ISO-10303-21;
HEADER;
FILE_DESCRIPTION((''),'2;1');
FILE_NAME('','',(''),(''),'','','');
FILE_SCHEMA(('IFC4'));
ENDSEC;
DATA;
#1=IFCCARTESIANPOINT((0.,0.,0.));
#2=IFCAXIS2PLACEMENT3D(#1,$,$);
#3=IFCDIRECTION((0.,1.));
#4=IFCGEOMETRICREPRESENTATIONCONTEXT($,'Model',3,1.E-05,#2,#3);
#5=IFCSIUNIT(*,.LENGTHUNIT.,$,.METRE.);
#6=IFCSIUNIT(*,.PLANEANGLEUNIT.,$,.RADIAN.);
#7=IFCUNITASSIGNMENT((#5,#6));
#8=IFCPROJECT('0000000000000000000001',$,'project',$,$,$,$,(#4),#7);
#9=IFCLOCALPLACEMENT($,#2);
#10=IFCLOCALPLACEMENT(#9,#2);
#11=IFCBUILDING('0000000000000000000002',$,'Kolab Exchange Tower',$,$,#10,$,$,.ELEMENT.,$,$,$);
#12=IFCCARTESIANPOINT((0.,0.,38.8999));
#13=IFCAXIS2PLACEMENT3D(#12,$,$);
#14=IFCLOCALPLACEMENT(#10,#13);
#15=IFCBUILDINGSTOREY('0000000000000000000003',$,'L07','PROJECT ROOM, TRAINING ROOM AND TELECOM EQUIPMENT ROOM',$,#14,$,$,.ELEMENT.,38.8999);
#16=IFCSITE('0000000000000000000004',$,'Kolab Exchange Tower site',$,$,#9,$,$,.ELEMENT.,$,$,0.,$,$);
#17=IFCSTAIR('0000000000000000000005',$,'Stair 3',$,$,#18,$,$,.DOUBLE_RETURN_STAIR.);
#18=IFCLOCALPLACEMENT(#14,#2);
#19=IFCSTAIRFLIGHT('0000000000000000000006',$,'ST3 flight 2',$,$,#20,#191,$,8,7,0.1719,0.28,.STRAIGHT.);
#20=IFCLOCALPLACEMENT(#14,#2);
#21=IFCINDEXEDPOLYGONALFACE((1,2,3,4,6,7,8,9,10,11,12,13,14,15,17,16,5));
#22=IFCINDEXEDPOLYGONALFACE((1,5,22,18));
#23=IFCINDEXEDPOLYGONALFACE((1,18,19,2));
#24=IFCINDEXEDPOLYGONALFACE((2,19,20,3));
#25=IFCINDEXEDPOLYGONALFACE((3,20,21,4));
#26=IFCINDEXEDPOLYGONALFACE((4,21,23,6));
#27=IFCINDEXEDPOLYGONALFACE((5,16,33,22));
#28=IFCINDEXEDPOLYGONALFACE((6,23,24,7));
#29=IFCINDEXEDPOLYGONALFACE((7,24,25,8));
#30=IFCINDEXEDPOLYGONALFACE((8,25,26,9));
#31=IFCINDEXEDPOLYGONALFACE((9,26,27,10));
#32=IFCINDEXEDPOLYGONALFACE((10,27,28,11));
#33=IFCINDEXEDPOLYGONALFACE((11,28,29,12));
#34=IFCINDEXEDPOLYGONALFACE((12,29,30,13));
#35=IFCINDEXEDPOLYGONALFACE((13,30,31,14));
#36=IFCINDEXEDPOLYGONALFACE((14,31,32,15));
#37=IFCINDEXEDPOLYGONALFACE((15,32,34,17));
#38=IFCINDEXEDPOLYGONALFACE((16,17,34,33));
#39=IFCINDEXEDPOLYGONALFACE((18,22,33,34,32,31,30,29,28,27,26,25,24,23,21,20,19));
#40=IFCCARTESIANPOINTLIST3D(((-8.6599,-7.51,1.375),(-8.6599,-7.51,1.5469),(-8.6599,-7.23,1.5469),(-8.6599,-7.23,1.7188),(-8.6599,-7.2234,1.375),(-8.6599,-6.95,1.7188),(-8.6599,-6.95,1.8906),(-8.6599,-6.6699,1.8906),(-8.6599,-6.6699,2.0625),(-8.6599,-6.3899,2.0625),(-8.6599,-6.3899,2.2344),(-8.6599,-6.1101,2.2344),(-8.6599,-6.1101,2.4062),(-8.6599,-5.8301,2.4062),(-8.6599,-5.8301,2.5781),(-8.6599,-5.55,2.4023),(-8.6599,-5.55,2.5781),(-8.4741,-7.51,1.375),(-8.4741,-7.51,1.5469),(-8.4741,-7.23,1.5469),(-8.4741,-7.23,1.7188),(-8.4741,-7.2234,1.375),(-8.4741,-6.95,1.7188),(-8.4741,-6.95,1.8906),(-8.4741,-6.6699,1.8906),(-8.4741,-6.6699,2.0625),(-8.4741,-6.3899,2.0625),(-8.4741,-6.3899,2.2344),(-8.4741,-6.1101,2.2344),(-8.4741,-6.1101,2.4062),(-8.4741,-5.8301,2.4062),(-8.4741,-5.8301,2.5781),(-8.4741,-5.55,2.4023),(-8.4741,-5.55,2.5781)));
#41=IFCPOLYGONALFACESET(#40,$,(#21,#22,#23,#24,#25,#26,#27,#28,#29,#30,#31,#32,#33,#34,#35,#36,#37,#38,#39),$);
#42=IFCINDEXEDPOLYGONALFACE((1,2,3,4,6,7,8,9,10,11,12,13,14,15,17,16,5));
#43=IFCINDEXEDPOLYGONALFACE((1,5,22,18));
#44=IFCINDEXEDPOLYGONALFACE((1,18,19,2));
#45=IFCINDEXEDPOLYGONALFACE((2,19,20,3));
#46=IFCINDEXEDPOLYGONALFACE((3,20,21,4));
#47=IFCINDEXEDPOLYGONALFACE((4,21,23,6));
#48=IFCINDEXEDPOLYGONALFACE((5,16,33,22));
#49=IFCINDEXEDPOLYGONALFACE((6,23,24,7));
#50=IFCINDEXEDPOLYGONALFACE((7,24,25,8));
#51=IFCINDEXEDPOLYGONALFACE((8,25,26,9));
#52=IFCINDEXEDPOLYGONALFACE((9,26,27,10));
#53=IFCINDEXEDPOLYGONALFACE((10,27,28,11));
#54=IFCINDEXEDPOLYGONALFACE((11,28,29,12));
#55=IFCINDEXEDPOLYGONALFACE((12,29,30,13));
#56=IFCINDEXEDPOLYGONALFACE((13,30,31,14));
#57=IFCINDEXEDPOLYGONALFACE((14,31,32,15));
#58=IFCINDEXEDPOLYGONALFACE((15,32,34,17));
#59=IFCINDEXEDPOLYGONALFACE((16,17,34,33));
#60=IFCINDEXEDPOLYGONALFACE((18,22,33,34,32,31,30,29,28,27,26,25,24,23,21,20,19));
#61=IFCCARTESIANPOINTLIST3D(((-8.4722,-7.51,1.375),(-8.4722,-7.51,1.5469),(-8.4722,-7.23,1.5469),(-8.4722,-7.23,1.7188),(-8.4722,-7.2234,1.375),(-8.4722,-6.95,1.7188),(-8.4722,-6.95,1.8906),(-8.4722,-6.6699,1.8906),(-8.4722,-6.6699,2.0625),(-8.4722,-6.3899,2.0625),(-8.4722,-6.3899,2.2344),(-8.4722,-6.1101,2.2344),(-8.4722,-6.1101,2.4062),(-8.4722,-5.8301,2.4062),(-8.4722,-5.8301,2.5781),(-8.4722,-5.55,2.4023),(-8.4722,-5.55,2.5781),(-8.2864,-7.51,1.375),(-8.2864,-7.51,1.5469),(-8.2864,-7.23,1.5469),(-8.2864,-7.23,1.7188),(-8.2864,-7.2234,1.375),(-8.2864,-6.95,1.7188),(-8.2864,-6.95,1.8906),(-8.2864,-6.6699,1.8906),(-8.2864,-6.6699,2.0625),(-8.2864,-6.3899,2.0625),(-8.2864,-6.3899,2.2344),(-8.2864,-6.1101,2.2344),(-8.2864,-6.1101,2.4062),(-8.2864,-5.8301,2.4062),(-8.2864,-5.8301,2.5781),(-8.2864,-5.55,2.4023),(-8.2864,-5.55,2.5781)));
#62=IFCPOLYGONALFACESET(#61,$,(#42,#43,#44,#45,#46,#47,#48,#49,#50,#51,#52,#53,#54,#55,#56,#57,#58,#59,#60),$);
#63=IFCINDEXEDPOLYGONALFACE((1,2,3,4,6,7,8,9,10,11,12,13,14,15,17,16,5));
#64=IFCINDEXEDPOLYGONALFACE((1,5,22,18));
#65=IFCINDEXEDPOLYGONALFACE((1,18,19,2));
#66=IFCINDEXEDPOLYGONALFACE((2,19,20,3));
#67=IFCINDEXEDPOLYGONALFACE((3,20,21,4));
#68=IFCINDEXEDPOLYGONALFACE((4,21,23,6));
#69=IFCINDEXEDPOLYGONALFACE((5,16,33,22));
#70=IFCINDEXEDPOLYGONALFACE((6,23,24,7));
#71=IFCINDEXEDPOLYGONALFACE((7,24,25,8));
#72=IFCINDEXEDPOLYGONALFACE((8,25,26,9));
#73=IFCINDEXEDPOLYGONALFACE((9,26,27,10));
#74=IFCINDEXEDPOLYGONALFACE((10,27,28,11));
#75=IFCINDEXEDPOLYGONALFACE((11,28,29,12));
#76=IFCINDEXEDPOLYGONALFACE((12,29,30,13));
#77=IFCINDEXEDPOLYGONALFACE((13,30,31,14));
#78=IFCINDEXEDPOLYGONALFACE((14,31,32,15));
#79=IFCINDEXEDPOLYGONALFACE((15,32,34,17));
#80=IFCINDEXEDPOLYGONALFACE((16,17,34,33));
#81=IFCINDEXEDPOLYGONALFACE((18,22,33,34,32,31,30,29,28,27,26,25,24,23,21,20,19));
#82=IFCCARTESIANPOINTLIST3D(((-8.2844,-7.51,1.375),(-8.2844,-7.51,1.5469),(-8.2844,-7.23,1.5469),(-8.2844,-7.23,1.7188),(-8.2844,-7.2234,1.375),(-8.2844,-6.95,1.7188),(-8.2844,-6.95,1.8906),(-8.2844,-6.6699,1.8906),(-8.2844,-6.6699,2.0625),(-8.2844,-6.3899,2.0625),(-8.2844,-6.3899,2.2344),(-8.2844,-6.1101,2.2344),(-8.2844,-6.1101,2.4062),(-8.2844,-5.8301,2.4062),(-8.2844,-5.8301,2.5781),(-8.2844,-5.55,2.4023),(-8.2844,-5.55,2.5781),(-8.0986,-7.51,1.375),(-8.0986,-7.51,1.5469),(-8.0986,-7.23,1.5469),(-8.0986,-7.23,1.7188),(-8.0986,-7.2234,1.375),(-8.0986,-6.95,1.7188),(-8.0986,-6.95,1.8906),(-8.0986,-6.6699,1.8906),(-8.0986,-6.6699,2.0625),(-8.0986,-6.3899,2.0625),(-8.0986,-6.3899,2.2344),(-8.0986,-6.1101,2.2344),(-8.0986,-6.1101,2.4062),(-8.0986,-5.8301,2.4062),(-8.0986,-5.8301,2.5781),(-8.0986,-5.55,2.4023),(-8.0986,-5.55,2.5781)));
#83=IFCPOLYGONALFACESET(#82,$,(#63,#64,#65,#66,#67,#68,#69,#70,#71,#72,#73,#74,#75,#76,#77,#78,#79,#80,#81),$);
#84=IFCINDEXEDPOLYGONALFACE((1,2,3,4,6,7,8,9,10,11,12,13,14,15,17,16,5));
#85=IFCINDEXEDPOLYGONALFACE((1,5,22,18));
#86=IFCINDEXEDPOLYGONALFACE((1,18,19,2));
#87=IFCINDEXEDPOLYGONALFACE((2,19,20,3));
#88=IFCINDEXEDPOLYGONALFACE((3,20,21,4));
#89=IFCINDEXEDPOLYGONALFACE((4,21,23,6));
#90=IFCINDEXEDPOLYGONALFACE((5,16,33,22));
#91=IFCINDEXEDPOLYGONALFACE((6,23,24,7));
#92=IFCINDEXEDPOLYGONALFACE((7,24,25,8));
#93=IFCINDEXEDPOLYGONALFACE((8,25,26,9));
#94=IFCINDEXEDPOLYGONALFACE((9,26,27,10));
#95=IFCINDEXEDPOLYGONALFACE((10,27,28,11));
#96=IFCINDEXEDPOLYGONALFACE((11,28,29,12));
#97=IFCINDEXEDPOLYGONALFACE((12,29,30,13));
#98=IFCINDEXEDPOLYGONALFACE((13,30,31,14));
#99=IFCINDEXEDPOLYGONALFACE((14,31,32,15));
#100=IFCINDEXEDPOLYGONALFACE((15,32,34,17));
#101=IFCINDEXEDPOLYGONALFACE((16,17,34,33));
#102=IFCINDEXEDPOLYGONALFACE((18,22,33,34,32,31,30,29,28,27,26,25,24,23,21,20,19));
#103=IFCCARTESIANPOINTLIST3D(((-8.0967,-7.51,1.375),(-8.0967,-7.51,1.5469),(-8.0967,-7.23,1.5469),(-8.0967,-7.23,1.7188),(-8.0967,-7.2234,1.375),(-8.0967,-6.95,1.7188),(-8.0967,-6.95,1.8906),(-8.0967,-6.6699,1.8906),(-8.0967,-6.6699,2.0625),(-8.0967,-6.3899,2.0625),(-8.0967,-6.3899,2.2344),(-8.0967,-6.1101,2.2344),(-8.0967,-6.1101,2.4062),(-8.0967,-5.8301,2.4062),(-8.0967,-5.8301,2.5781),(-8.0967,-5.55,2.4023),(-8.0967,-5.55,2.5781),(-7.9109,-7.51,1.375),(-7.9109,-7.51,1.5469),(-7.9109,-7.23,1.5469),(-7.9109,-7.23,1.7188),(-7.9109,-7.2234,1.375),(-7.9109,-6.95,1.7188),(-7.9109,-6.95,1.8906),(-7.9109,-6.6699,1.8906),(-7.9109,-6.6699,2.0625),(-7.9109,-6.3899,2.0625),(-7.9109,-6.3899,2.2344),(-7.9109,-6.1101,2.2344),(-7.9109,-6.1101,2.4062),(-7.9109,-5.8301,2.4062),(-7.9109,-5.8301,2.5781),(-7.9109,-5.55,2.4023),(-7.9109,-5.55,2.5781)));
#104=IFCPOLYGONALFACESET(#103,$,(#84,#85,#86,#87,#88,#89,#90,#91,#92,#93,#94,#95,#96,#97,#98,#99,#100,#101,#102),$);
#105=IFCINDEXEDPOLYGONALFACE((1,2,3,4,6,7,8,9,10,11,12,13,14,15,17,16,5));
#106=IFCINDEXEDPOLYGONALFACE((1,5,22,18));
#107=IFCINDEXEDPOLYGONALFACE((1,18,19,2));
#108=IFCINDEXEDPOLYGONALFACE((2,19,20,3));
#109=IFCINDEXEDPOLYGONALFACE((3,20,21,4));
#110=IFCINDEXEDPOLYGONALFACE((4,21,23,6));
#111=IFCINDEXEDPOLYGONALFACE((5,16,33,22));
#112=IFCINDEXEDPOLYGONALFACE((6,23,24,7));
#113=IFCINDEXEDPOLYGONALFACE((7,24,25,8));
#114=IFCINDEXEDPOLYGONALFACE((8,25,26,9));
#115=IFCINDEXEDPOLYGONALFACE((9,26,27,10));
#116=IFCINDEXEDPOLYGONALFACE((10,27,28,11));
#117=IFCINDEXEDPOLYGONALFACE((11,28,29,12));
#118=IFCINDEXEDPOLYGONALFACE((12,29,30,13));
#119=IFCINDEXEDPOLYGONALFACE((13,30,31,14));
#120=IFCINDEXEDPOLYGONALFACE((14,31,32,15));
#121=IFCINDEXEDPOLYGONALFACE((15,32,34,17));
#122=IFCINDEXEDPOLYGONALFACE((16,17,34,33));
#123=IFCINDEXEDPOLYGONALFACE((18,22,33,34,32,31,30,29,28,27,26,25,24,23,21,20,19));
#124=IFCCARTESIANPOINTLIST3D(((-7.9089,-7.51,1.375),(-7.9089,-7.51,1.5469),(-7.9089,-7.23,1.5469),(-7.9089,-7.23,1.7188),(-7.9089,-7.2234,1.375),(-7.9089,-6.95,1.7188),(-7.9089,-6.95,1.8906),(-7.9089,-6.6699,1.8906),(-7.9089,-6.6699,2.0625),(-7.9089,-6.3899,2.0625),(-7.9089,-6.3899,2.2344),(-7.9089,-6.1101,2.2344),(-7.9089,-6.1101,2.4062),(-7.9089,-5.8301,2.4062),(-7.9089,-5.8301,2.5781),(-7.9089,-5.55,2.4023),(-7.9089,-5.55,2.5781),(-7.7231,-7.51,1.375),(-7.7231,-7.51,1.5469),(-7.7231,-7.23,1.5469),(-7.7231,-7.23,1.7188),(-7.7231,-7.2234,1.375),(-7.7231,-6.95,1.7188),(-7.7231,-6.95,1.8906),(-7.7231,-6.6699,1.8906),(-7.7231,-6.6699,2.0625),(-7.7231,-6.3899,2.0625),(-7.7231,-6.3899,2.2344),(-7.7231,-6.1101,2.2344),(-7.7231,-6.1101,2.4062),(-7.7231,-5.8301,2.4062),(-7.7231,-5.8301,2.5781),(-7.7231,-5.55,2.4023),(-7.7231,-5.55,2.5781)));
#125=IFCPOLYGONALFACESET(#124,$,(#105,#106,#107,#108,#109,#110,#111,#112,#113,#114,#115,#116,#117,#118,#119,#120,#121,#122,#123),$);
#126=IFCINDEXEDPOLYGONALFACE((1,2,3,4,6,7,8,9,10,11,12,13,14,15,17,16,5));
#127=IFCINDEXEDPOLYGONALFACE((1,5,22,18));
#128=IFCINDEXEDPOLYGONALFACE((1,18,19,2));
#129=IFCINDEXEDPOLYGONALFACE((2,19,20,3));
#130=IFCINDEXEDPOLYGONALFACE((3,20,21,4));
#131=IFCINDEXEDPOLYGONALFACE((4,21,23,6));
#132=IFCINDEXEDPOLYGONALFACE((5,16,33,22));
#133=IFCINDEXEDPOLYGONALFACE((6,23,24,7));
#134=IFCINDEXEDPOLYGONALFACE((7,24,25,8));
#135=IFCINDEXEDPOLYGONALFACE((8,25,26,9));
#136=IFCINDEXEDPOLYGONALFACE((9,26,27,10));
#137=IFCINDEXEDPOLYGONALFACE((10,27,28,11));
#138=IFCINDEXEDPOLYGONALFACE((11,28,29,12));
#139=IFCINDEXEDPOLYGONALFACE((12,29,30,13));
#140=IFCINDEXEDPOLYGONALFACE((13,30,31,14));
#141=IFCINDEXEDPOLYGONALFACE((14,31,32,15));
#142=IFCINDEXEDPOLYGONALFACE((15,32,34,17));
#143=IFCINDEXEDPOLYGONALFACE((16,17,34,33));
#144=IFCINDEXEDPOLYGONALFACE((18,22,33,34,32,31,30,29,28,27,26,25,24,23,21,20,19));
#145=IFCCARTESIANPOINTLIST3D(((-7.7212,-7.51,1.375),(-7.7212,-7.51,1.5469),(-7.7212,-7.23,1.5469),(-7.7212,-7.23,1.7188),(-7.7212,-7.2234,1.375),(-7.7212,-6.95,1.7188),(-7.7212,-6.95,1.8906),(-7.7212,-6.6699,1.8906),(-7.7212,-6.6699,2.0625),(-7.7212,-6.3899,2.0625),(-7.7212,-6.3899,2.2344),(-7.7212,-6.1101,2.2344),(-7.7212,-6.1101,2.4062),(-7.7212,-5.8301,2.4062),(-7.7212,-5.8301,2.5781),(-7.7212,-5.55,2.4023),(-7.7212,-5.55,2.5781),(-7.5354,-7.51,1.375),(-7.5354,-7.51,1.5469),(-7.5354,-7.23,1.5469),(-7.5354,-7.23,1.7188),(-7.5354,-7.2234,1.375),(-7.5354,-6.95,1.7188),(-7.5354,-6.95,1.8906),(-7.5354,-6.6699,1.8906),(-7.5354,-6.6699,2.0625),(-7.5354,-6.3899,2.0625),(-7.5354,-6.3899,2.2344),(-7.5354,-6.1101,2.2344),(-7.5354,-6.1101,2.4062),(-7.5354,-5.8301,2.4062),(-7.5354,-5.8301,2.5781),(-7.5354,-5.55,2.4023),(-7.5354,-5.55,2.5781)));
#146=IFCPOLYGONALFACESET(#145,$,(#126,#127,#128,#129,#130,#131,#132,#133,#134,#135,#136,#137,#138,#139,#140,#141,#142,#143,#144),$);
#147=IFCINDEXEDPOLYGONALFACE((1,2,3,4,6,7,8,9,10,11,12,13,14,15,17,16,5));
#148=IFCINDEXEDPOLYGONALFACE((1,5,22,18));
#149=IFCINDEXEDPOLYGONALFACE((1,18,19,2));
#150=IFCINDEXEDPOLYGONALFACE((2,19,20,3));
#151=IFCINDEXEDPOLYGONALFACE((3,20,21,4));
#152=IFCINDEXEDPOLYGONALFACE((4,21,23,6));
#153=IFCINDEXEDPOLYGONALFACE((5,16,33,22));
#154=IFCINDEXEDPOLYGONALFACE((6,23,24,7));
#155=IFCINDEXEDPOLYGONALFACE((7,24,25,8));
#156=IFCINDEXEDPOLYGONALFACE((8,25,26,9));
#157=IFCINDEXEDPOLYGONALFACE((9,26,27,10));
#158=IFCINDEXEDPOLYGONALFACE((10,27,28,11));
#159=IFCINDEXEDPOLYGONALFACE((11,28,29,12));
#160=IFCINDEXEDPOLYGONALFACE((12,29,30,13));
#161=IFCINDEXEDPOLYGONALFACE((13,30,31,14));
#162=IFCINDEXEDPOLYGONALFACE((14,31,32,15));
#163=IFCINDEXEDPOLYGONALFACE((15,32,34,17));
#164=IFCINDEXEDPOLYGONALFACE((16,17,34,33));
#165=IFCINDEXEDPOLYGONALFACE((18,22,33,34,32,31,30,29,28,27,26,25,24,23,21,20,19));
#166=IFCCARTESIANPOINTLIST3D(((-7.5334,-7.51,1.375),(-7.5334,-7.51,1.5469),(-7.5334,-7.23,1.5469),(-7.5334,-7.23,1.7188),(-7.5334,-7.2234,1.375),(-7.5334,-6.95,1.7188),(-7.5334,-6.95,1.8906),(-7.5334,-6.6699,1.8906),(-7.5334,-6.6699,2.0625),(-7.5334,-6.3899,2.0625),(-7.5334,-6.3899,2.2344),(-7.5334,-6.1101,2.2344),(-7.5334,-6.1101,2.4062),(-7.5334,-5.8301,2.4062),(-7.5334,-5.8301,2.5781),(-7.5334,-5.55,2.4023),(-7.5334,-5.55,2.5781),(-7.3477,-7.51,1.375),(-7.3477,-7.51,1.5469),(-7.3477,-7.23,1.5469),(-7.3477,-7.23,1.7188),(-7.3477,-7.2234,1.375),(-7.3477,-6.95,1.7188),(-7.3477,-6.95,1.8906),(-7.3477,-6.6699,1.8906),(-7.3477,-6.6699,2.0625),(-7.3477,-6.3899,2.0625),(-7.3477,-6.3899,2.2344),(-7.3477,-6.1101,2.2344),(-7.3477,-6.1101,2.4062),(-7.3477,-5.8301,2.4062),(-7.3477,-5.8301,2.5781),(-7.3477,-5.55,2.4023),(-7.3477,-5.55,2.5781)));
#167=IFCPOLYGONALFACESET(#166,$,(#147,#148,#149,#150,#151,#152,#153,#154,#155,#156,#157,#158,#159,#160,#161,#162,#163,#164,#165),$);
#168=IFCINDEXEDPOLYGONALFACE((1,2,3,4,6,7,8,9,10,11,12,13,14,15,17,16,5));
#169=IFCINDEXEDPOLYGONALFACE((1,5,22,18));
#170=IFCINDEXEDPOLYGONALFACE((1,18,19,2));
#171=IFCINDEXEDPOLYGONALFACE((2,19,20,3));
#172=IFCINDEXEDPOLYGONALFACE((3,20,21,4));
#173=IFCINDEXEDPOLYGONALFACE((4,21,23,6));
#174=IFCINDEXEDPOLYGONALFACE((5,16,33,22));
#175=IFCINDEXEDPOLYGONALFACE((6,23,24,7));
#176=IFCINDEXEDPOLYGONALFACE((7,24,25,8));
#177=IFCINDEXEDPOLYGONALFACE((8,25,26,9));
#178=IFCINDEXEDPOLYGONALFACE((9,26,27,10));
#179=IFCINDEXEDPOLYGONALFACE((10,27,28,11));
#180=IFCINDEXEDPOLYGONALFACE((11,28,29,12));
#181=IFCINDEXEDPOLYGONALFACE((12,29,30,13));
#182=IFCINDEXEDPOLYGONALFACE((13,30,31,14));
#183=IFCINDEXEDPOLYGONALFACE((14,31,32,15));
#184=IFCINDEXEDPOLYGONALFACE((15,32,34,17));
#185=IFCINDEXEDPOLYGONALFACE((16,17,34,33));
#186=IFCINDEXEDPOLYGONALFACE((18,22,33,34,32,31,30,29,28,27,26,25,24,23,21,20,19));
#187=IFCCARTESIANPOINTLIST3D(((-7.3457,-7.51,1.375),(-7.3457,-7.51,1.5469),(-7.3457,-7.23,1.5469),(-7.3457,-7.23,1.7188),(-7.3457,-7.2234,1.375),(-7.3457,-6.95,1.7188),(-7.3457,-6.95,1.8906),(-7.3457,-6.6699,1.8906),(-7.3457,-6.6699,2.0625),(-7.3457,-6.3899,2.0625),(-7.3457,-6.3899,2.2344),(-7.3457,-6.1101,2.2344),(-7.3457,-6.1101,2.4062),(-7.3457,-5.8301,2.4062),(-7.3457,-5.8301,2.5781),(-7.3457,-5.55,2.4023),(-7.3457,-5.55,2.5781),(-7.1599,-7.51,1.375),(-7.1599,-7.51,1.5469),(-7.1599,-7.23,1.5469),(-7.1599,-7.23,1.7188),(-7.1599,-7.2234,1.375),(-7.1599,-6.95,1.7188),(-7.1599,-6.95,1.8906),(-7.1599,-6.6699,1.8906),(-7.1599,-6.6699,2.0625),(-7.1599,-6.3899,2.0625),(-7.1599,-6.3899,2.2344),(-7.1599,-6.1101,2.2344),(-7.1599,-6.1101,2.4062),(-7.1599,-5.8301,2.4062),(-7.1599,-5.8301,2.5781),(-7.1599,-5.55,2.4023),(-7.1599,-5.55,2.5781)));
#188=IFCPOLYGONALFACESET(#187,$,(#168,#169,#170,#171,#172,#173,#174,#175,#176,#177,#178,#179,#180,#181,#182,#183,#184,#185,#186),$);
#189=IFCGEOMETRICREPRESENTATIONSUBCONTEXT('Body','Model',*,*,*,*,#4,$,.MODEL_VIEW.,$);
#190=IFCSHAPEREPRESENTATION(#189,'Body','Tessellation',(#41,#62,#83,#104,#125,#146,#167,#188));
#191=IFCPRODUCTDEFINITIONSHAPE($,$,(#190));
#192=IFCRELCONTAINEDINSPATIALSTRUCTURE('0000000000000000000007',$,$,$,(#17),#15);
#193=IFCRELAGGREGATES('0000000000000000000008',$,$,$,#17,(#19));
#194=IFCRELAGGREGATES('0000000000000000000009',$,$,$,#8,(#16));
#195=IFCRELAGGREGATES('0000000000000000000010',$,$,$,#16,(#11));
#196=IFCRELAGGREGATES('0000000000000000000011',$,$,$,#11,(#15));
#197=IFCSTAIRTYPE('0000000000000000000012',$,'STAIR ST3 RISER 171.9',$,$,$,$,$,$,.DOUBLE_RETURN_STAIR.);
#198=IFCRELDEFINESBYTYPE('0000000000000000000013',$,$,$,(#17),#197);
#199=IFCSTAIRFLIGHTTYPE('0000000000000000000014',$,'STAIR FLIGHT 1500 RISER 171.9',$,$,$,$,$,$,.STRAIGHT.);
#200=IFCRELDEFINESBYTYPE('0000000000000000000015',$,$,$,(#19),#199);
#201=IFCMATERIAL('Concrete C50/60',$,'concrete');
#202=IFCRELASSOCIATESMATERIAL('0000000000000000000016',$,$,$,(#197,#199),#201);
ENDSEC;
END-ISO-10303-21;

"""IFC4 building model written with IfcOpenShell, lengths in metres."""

from ifc_helpers import new_model, si_unit, direction, frame, origin, place, context, subcontext, project, spatial, polyline, outline, extrude, material, type_object, element, aggregate, save


model = new_model("IFC4")

# Units and contexts
model_context = context("Model", 3, precision=1e-05, world=origin(), true_north=direction((0.0, 1.0)))
body_context = subcontext(model_context, "Body", "Model", "MODEL_VIEW")
ifc_project = project(units=[si_unit("LENGTHUNIT", "METRE"), si_unit("PLANEANGLEUNIT", "RADIAN")], contexts=[model_context])

# Site, building, storey
site_placement = place(None, origin())
site = spatial("IfcSite", under=ifc_project, at=site_placement, Name="Kolab Exchange Tower site", CompositionType="ELEMENT", RefElevation=0.0)
building_placement = place(site_placement, origin())
building = spatial("IfcBuilding", under=site, at=building_placement, Name="Kolab Exchange Tower", CompositionType="ELEMENT")
storey_placement = place(building_placement, frame((0.0, 0.0, 38.8999)))
storey = spatial("IfcBuildingStorey", under=building, at=storey_placement, Name="L07", Description="PROJECT ROOM, TRAINING ROOM AND TELECOM EQUIPMENT ROOM", CompositionType="ELEMENT", Elevation=38.8999)

# Shared definitions
ifc_material_1 = material(Name="Concrete C50/60", Category="concrete")

# Stair, stair flight
stair_type = type_object("IfcStairType", Name="STAIR ST3 RISER 171.9", PredefinedType="DOUBLE_RETURN_STAIR", material=ifc_material_1)
stair_placement = place(storey_placement, origin())
stair = element("IfcStair", 1, at=stair_placement, inside=storey, type_object=stair_type, Name="Stair 3", PredefinedType="DOUBLE_RETURN_STAIR")
stair_flight_type = type_object("IfcStairFlightType", Name="STAIR FLIGHT 1500 RISER 171.9", PredefinedType="STRAIGHT", material=ifc_material_1)
stair_flight_1_placement = place(storey_placement, frame((-7.9099, -7.51, 1.375), z_axis=(0.0, 0.0, 1.0), x_axis=(0.0, 1.0, 0.0)))
stair_flight_1 = element("IfcStairFlight", 2, at=stair_flight_1_placement, type_object=stair_flight_type, Name="ST3 flight 2", NumberOfRisers=8, NumberOfTreads=7, PredefinedType="STRAIGHT", RiserHeight=0.1719, TreadLength=0.28, context=body_context, shape_type="SweptSolid", body=[
    extrude(outline(polyline([(0.0, 0.0), (0.0, 0.1719), (0.28, 0.1719), (0.28, 0.3438), (0.5601, 0.3438), (0.5601, 0.5156), (0.8401, 0.5156), (0.8401, 0.6875), (1.1201, 0.6875), (1.1201, 0.8594), (1.3999, 0.8594), (1.3999, 1.0312), (1.6799, 1.0312), (1.6799, 1.2031), (1.96, 1.2031), (1.96, 1.375), (1.96, 1.0273), (0.2866, 0.0), (0.0, 0.0)])), frame((0.0, 0.75, 0.0), z_axis=(0.0, -1.0, 0.0), x_axis=(1.0, 0.0, 0.0)), (0.0, 0.0, 1.0), 0.1858),
    extrude(outline(polyline([(0.0, 0.0), (0.0, 0.1719), (0.28, 0.1719), (0.28, 0.3438), (0.5601, 0.3438), (0.5601, 0.5156), (0.8401, 0.5156), (0.8401, 0.6875), (1.1201, 0.6875), (1.1201, 0.8594), (1.3999, 0.8594), (1.3999, 1.0312), (1.6799, 1.0312), (1.6799, 1.2031), (1.96, 1.2031), (1.96, 1.375), (1.96, 1.0273), (0.2866, 0.0), (0.0, 0.0)])), frame((0.0, 0.5623, 0.0), z_axis=(0.0, -1.0, 0.0), x_axis=(1.0, 0.0, 0.0)), (0.0, 0.0, 1.0), 0.1858),
    extrude(outline(polyline([(0.0, 0.0), (0.0, 0.1719), (0.28, 0.1719), (0.28, 0.3438), (0.5601, 0.3438), (0.5601, 0.5156), (0.8401, 0.5156), (0.8401, 0.6875), (1.1201, 0.6875), (1.1201, 0.8594), (1.3999, 0.8594), (1.3999, 1.0312), (1.6799, 1.0312), (1.6799, 1.2031), (1.96, 1.2031), (1.96, 1.375), (1.96, 1.0273), (0.2866, 0.0), (0.0, 0.0)])), frame((0.0, 0.3745, 0.0), z_axis=(0.0, -1.0, 0.0), x_axis=(1.0, 0.0, 0.0)), (0.0, 0.0, 1.0), 0.1858),
    extrude(outline(polyline([(0.0, 0.0), (0.0, 0.1719), (0.28, 0.1719), (0.28, 0.3438), (0.5601, 0.3438), (0.5601, 0.5156), (0.8401, 0.5156), (0.8401, 0.6875), (1.1201, 0.6875), (1.1201, 0.8594), (1.3999, 0.8594), (1.3999, 1.0312), (1.6799, 1.0312), (1.6799, 1.2031), (1.96, 1.2031), (1.96, 1.375), (1.96, 1.0273), (0.2866, 0.0), (0.0, 0.0)])), frame((0.0, 0.1868, 0.0), z_axis=(0.0, -1.0, 0.0), x_axis=(1.0, 0.0, 0.0)), (0.0, 0.0, 1.0), 0.1858),
    extrude(outline(polyline([(0.0, 0.0), (0.0, 0.1719), (0.28, 0.1719), (0.28, 0.3438), (0.5601, 0.3438), (0.5601, 0.5156), (0.8401, 0.5156), (0.8401, 0.6875), (1.1201, 0.6875), (1.1201, 0.8594), (1.3999, 0.8594), (1.3999, 1.0312), (1.6799, 1.0312), (1.6799, 1.2031), (1.96, 1.2031), (1.96, 1.375), (1.96, 1.0273), (0.2866, 0.0), (0.0, 0.0)])), frame((0.0, -0.001, 0.0), z_axis=(0.0, -1.0, 0.0), x_axis=(1.0, 0.0, 0.0)), (0.0, 0.0, 1.0), 0.1858),
    extrude(outline(polyline([(0.0, 0.0), (0.0, 0.1719), (0.28, 0.1719), (0.28, 0.3438), (0.5601, 0.3438), (0.5601, 0.5156), (0.8401, 0.5156), (0.8401, 0.6875), (1.1201, 0.6875), (1.1201, 0.8594), (1.3999, 0.8594), (1.3999, 1.0312), (1.6799, 1.0312), (1.6799, 1.2031), (1.96, 1.2031), (1.96, 1.375), (1.96, 1.0273), (0.2866, 0.0), (0.0, 0.0)])), frame((0.0, -0.1887, 0.0), z_axis=(0.0, -1.0, 0.0), x_axis=(1.0, 0.0, 0.0)), (0.0, 0.0, 1.0), 0.1858),
    extrude(outline(polyline([(0.0, 0.0), (0.0, 0.1719), (0.28, 0.1719), (0.28, 0.3438), (0.5601, 0.3438), (0.5601, 0.5156), (0.8401, 0.5156), (0.8401, 0.6875), (1.1201, 0.6875), (1.1201, 0.8594), (1.3999, 0.8594), (1.3999, 1.0312), (1.6799, 1.0312), (1.6799, 1.2031), (1.96, 1.2031), (1.96, 1.375), (1.96, 1.0273), (0.2866, 0.0), (0.0, 0.0)])), frame((0.0, -0.3765, 0.0), z_axis=(0.0, -1.0, 0.0), x_axis=(1.0, 0.0, 0.0)), (0.0, 0.0, 1.0), 0.1858),
    extrude(outline(polyline([(0.0, 0.0), (0.0, 0.1719), (0.28, 0.1719), (0.28, 0.3438), (0.5601, 0.3438), (0.5601, 0.5156), (0.8401, 0.5156), (0.8401, 0.6875), (1.1201, 0.6875), (1.1201, 0.8594), (1.3999, 0.8594), (1.3999, 1.0312), (1.6799, 1.0312), (1.6799, 1.2031), (1.96, 1.2031), (1.96, 1.375), (1.96, 1.0273), (0.2866, 0.0), (0.0, 0.0)])), frame((0.0, -0.5642, 0.0), z_axis=(0.0, -1.0, 0.0), x_axis=(1.0, 0.0, 0.0)), (0.0, 0.0, 1.0), 0.1858),
])
aggregate(stair, [stair_flight_1])

save(model, "model.ifc")
